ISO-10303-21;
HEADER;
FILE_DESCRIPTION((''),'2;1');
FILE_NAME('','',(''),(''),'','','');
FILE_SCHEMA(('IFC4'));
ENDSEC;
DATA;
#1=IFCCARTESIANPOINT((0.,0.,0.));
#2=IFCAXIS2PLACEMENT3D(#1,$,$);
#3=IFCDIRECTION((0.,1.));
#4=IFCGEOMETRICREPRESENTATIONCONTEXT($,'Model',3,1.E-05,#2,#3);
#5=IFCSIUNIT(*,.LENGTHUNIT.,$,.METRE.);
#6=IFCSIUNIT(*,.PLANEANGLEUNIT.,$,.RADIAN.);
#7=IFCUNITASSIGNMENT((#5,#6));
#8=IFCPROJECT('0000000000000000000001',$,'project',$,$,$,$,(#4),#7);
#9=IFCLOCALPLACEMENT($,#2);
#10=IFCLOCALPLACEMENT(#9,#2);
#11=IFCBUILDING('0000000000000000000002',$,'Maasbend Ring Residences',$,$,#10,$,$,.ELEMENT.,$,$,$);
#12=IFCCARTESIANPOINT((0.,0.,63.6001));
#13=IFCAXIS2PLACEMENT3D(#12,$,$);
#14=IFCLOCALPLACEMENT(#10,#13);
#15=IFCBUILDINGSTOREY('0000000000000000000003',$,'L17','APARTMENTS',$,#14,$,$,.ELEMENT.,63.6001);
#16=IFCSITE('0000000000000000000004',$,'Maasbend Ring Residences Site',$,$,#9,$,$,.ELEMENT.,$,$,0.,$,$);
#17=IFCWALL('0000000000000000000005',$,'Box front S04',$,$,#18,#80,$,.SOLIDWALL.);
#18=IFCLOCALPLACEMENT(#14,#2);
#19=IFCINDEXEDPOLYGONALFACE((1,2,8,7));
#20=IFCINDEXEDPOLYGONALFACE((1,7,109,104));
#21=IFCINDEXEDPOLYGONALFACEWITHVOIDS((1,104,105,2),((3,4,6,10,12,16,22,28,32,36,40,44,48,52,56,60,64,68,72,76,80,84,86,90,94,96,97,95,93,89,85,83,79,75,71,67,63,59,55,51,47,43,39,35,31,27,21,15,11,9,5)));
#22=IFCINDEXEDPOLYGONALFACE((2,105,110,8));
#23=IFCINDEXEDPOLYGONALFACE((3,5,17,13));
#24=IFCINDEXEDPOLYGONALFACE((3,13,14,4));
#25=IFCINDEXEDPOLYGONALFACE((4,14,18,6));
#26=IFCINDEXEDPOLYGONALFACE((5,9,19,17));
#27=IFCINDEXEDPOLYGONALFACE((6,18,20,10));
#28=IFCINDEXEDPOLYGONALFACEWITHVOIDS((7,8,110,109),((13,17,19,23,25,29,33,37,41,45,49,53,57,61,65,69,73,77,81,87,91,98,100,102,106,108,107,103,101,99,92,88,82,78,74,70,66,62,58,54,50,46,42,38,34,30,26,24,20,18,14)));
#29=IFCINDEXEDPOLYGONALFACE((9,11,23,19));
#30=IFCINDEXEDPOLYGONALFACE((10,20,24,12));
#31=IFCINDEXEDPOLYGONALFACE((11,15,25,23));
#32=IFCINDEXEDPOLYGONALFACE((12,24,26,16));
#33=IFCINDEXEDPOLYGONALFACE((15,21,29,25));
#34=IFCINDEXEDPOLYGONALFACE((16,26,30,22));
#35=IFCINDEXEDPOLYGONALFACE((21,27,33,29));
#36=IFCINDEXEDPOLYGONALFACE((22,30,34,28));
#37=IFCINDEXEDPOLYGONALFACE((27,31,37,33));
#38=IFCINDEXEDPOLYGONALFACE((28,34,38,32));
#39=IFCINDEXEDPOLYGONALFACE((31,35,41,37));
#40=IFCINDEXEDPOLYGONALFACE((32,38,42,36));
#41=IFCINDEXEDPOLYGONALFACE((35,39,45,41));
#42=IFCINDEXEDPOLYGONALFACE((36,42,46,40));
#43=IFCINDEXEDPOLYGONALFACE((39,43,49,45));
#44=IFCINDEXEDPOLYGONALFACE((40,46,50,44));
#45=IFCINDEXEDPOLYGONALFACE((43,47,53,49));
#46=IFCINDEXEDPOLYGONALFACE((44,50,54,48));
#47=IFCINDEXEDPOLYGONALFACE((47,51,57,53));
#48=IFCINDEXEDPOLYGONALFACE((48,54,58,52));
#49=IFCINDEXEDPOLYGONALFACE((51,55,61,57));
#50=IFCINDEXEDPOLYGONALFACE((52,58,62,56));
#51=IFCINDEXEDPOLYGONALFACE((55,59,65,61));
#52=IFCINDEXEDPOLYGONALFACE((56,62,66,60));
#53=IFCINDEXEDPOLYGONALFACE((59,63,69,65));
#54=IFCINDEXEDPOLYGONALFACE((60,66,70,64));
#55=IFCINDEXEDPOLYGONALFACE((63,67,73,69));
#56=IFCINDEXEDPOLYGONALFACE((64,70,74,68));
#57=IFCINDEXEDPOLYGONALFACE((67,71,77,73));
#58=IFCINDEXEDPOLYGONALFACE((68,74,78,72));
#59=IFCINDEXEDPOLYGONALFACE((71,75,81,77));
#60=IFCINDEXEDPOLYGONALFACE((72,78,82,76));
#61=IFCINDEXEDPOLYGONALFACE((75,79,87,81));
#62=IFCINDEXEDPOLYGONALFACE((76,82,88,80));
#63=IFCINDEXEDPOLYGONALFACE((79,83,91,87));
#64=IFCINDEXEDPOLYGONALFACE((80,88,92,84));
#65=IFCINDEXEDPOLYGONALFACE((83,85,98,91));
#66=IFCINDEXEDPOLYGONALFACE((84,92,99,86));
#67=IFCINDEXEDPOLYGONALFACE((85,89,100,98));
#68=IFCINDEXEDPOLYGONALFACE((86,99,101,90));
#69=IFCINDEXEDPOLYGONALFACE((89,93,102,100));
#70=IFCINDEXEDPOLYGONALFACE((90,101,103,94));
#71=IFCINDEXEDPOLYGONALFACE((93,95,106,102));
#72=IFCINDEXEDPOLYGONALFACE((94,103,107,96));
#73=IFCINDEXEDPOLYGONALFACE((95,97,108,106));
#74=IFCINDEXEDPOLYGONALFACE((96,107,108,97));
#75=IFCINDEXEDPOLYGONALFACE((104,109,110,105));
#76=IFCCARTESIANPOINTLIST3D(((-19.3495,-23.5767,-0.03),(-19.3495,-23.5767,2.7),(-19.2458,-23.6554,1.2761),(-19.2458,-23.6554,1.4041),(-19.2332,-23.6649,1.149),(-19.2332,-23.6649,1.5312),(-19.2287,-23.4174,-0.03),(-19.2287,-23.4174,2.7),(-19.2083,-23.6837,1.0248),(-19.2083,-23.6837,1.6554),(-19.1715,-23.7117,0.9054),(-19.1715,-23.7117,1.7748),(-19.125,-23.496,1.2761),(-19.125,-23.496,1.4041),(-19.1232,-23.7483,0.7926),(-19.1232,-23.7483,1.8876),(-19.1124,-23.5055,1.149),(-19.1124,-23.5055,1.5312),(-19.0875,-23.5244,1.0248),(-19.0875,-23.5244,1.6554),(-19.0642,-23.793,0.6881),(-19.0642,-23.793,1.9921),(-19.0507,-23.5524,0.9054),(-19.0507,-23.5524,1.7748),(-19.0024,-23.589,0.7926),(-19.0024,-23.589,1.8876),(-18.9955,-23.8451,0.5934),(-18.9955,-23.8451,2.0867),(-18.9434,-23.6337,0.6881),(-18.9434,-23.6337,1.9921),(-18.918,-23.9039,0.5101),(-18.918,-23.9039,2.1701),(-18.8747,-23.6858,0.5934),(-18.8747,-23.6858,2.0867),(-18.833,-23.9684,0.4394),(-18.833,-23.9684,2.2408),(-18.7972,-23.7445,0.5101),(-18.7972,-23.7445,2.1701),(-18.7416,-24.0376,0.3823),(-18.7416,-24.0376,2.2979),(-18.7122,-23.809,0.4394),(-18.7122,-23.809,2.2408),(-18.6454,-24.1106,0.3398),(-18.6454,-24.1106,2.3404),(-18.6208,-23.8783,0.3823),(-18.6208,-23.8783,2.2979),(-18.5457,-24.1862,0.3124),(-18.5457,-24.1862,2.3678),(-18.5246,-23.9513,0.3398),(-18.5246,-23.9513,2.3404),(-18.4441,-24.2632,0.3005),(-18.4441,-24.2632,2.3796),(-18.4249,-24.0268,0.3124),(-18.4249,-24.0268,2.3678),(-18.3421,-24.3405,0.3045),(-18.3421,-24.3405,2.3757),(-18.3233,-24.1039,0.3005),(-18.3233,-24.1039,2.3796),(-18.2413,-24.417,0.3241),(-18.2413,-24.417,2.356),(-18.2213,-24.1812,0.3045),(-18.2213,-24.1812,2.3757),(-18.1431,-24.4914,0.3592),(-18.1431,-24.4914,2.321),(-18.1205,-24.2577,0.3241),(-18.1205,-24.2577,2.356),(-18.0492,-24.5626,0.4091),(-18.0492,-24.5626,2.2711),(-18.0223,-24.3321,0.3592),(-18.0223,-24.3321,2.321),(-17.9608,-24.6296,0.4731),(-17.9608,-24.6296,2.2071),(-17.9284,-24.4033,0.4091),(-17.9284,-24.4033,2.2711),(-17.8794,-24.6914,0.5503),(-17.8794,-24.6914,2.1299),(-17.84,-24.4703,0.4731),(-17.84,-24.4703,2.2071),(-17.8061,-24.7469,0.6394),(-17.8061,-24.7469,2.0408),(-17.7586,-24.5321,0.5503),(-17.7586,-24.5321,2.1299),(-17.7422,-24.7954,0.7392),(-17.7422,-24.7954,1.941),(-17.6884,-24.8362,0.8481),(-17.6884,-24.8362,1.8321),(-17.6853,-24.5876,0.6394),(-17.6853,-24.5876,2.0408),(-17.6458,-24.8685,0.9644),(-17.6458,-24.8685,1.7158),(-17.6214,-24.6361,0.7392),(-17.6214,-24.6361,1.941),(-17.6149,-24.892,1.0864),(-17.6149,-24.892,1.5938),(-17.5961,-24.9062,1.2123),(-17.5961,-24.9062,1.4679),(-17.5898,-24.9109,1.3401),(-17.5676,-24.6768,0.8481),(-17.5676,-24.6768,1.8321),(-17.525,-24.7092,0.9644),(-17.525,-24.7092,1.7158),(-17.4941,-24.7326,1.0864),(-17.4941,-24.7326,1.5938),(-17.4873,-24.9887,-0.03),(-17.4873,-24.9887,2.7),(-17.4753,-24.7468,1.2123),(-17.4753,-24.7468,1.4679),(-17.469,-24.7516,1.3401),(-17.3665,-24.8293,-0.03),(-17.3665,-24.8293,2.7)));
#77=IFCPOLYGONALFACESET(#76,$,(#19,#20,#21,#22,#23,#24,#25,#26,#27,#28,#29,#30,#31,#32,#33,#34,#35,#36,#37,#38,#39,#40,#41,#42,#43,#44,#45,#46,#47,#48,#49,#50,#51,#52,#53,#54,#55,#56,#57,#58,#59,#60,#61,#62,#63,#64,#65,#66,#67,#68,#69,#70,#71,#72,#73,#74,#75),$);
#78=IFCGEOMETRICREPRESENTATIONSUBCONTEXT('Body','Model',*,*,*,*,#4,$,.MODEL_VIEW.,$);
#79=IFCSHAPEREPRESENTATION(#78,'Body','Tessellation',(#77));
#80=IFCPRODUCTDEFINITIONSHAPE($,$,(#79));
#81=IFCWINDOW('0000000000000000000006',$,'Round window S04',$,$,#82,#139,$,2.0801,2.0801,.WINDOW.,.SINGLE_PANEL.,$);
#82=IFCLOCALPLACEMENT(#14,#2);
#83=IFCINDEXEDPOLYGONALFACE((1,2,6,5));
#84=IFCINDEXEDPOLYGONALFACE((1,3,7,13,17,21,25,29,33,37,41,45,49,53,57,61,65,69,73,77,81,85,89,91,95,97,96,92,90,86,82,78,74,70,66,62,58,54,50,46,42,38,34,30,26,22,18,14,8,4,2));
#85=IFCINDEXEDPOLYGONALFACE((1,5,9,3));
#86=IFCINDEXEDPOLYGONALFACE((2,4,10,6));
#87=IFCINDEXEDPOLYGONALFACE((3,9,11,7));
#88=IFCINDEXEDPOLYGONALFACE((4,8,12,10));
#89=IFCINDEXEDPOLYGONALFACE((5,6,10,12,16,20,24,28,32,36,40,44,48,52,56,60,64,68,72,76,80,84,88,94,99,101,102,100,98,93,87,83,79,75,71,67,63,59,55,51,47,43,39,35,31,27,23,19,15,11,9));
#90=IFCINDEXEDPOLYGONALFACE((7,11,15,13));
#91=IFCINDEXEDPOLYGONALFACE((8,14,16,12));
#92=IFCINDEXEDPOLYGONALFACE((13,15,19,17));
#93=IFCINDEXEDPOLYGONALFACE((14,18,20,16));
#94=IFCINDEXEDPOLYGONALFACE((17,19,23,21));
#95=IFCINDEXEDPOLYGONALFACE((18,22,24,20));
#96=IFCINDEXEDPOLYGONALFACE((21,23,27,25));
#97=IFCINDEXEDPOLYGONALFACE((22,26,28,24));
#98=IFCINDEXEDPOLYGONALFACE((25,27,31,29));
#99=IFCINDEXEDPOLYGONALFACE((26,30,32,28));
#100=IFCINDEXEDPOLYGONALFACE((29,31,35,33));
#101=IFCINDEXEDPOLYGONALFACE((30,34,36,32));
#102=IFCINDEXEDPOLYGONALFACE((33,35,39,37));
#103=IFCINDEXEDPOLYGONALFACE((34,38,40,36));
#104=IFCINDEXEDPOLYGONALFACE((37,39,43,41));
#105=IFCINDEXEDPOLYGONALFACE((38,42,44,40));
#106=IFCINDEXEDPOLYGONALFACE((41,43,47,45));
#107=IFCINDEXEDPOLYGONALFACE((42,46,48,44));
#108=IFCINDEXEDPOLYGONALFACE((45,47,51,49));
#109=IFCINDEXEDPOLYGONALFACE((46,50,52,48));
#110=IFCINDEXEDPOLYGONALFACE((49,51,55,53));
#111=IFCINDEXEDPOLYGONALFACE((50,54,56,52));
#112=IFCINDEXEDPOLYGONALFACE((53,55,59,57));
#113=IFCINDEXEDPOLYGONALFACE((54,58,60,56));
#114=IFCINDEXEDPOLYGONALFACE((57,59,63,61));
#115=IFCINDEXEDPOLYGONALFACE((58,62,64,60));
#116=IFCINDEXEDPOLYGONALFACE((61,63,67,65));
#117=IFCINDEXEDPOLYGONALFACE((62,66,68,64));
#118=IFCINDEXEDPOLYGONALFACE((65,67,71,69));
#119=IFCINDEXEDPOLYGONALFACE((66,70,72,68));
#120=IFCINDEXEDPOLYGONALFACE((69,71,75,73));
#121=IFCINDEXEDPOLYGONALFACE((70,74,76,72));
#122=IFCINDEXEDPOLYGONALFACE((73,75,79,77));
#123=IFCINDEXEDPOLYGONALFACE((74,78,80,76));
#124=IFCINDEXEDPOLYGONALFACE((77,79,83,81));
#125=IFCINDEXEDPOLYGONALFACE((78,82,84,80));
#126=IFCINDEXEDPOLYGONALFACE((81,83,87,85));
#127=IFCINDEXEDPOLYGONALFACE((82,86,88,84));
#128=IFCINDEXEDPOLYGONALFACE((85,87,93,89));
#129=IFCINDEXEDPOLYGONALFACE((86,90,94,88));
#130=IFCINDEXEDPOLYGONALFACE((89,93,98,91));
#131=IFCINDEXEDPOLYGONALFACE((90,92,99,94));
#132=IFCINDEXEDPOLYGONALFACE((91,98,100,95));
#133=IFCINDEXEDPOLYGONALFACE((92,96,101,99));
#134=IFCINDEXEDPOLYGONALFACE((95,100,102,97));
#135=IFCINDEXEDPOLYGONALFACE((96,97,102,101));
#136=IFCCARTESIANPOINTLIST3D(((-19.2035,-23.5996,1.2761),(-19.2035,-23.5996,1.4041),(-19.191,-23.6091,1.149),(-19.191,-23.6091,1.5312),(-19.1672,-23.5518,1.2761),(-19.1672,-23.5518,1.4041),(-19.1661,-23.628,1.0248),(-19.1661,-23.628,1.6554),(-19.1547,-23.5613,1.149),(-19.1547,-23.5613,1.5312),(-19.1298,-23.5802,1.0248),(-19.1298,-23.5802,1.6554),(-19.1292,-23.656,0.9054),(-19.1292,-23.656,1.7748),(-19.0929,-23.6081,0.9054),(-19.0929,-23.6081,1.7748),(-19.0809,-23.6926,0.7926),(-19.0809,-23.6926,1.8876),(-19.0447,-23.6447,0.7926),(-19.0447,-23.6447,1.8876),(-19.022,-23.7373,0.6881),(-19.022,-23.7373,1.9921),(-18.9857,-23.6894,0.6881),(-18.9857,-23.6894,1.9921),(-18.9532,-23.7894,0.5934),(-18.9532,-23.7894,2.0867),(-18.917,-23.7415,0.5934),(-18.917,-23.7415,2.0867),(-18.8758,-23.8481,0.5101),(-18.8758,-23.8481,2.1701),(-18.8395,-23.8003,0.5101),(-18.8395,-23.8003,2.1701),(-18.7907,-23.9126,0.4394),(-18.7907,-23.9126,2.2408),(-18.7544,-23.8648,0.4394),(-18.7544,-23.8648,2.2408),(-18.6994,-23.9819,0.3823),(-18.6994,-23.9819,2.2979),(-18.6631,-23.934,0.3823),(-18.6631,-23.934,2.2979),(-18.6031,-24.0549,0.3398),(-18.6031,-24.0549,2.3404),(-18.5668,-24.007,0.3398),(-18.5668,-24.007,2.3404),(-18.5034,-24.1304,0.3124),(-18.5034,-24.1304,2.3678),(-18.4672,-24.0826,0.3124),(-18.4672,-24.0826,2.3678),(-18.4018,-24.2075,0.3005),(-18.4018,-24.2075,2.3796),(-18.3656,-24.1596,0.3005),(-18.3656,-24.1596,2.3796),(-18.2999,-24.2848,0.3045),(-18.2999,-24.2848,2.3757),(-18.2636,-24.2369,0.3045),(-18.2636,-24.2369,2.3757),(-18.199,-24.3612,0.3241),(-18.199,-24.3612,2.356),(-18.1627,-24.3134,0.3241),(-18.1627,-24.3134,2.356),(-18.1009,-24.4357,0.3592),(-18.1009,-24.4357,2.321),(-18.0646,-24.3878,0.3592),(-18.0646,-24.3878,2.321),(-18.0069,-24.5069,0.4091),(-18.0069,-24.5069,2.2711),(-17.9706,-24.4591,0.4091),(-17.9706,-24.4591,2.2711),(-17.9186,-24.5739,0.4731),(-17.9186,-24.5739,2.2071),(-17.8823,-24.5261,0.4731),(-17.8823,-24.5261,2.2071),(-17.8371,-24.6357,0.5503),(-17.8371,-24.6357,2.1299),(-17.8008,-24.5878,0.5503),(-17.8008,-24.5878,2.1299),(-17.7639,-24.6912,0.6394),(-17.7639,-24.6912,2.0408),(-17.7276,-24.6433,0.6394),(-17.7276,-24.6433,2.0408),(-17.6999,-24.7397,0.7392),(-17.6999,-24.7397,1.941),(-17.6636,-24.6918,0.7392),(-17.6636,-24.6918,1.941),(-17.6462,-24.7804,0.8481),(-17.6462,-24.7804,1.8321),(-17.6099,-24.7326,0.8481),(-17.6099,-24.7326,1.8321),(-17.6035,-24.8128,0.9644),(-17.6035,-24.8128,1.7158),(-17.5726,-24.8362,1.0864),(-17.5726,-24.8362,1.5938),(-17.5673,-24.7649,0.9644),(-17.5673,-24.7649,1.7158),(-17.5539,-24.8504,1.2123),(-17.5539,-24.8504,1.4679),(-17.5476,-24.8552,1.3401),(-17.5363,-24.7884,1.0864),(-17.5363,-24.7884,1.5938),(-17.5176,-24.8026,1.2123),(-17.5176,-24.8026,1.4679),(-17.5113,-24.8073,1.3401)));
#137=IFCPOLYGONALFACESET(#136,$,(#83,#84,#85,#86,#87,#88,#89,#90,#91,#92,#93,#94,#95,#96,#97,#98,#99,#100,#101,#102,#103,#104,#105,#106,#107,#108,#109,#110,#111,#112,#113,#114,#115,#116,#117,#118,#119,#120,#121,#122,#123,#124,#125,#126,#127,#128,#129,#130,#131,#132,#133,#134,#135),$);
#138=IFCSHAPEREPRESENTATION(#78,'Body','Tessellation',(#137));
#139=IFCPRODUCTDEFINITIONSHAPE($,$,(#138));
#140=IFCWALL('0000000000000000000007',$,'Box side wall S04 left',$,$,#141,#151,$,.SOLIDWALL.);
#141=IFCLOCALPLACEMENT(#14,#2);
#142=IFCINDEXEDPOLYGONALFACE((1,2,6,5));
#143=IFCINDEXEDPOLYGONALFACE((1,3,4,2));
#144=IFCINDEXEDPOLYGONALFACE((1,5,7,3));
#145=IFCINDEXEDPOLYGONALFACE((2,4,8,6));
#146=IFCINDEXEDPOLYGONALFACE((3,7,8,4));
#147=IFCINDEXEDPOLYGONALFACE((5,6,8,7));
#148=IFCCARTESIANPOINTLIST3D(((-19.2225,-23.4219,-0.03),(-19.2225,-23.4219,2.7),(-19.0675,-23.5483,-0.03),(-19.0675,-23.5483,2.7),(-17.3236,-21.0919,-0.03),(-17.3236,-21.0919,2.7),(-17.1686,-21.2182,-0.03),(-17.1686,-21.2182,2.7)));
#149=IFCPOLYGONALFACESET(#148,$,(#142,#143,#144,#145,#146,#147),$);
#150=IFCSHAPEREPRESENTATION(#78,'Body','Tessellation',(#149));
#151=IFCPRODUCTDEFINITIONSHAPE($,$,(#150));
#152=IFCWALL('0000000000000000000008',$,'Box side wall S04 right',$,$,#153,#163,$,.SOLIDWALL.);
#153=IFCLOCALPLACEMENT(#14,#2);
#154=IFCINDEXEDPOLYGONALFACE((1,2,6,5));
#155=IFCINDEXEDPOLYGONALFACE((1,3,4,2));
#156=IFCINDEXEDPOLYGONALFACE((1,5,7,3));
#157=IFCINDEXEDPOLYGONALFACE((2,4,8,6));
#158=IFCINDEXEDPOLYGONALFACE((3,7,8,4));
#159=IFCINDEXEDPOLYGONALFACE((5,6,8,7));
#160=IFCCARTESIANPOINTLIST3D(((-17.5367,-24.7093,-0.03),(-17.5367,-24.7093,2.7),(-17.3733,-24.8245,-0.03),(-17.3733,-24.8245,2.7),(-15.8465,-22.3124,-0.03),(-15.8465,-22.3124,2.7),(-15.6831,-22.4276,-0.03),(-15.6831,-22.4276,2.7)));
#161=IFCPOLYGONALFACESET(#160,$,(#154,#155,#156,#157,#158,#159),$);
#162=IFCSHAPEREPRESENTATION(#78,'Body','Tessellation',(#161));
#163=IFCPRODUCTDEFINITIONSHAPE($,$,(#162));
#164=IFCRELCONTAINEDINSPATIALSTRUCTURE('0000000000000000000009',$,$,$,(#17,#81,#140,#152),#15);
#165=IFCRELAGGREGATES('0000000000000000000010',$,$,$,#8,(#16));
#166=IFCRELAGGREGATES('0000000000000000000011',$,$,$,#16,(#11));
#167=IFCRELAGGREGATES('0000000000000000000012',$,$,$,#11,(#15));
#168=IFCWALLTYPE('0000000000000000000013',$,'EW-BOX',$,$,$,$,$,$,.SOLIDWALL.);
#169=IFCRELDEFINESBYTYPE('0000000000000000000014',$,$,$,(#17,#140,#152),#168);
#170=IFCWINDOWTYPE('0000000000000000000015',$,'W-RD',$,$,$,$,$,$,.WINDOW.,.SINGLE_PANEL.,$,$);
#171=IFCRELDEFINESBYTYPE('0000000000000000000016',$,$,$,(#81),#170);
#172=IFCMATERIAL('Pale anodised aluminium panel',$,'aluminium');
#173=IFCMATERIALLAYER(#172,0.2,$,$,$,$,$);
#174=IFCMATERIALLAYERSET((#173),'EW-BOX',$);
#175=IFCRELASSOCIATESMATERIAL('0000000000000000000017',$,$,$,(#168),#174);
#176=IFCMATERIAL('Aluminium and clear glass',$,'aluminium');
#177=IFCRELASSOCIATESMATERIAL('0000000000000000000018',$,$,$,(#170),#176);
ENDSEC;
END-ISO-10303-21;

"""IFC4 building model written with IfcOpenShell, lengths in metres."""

from ifc_helpers import new_model, si_unit, direction, frame, frame_2d, origin, place, context, subcontext, project, spatial, rectangle, circle, extrude, material, layer, layer_set, type_object, element, fill, save


model = new_model("IFC4")

# Units and contexts
model_context = context("Model", 3, precision=1e-05, world=origin(), true_north=direction((0.0, 1.0)))
body_context = subcontext(model_context, "Body", "Model", "MODEL_VIEW")
ifc_project = project(units=[si_unit("LENGTHUNIT", "METRE"), si_unit("PLANEANGLEUNIT", "RADIAN")], contexts=[model_context])

# Site, building, storey
site_placement = place(None, origin())
site = spatial("IfcSite", under=ifc_project, at=site_placement, Name="Maasbend Ring Residences Site", CompositionType="ELEMENT", RefElevation=0.0)
building_placement = place(site_placement, origin())
building = spatial("IfcBuilding", under=site, at=building_placement, Name="Maasbend Ring Residences", CompositionType="ELEMENT")
storey_placement = place(building_placement, frame((0.0, 0.0, 63.6001)))
storey = spatial("IfcBuildingStorey", under=building, at=storey_placement, Name="L17", Description="APARTMENTS", CompositionType="ELEMENT", Elevation=63.6001)

# Shared definitions
ifc_material_1 = material(Name="Pale anodised aluminium panel", Category="aluminium")
ifc_layer_1 = layer(ifc_material_1, 0.2)
ifc_layer_set_1 = layer_set([ifc_layer_1], Name="EW-BOX")
wall_type_1 = type_object("IfcWallType", Name="EW-BOX", PredefinedType="SOLIDWALL", material=ifc_layer_set_1)
ifc_material_2 = material(Name="Aluminium and clear glass", Category="aluminium")
window_type_1 = type_object("IfcWindowType", Name="W-RD", PartitioningType="SINGLE_PANEL", PredefinedType="WINDOW", material=ifc_material_2)

# Wall, opening, window
wall_1_placement = place(storey_placement, frame((-19.2891, -23.4971, -0.03), z_axis=(0.0, 0.0, 1.0), x_axis=(0.796842, -0.604188, 0.0)))
wall_1 = element("IfcWall", 1, at=wall_1_placement, inside=storey, type_object=wall_type_1, Name="Box front S04", PredefinedType="SOLIDWALL", context=body_context, shape_type="SweptSolid", body=[
    extrude(rectangle(XDim=2.3369, YDim=0.2, at=frame_2d((1.1685, 0.0))), origin(), (0.0, 0.0, 1.0), 2.73),
])
opening_1_placement = place(wall_1_placement, frame((0.1282, 0.0, 0.3301)))
opening_1 = element("IfcOpeningElement", 2, at=opening_1_placement, cuts=wall_1, PredefinedType="OPENING", context=body_context, shape_type="SweptSolid", body=[
    extrude(circle(Radius=1.04, at=frame_2d((1.04, 1.04))), frame((0.0, 0.1099, 0.0), z_axis=(0.0, -1.0, 0.0), x_axis=(1.0, 0.0, 0.0)), (0.0, 0.0, 1.0), 0.22),
])
window_1_placement = place(opening_1_placement, origin())
window_1 = element("IfcWindow", 3, at=window_1_placement, inside=storey, type_object=window_type_1, Name="Round window S04", OverallHeight=2.0801, OverallWidth=2.0801, PartitioningType="SINGLE_PANEL", PredefinedType="WINDOW", context=body_context, shape_type="SweptSolid", body=[
    extrude(circle(Radius=1.04, at=frame_2d((1.04, 1.04))), frame((0.0, 0.03, 0.0), z_axis=(0.0, -1.0, 0.0), x_axis=(1.0, 0.0, 0.0)), (0.0, 0.0, 1.0), 0.0601),
])
fill(opening_1, window_1)

# Walls
wall_2_placement = place(storey_placement, frame((-17.2461, -21.155, -0.03), z_axis=(0.0, 0.0, 1.0), x_axis=(-0.631742, -0.775179, 0.0)))
element("IfcWall", 4, at=wall_2_placement, inside=storey, type_object=wall_type_1, Name="Box side wall S04 left", PredefinedType="SOLIDWALL", context=body_context, shape_type="SweptSolid", body=[
    extrude(rectangle(XDim=3.0059, YDim=0.2, at=frame_2d((1.5029, 0.0))), origin(), (0.0, 0.0, 1.0), 2.73),
])
wall_3_placement = place(storey_placement, frame((-15.7649, -22.3701, -0.03), z_axis=(0.0, 0.0, 1.0), x_axis=(-0.576275, -0.817256, 0.0)))
element("IfcWall", 5, at=wall_3_placement, inside=storey, type_object=wall_type_1, Name="Box side wall S04 right", PredefinedType="SOLIDWALL", context=body_context, shape_type="SweptSolid", body=[
    extrude(rectangle(XDim=2.9329, YDim=0.2, at=frame_2d((1.4663, 0.0))), origin(), (0.0, 0.0, 1.0), 2.73),
])

save(model, "model.ifc")
